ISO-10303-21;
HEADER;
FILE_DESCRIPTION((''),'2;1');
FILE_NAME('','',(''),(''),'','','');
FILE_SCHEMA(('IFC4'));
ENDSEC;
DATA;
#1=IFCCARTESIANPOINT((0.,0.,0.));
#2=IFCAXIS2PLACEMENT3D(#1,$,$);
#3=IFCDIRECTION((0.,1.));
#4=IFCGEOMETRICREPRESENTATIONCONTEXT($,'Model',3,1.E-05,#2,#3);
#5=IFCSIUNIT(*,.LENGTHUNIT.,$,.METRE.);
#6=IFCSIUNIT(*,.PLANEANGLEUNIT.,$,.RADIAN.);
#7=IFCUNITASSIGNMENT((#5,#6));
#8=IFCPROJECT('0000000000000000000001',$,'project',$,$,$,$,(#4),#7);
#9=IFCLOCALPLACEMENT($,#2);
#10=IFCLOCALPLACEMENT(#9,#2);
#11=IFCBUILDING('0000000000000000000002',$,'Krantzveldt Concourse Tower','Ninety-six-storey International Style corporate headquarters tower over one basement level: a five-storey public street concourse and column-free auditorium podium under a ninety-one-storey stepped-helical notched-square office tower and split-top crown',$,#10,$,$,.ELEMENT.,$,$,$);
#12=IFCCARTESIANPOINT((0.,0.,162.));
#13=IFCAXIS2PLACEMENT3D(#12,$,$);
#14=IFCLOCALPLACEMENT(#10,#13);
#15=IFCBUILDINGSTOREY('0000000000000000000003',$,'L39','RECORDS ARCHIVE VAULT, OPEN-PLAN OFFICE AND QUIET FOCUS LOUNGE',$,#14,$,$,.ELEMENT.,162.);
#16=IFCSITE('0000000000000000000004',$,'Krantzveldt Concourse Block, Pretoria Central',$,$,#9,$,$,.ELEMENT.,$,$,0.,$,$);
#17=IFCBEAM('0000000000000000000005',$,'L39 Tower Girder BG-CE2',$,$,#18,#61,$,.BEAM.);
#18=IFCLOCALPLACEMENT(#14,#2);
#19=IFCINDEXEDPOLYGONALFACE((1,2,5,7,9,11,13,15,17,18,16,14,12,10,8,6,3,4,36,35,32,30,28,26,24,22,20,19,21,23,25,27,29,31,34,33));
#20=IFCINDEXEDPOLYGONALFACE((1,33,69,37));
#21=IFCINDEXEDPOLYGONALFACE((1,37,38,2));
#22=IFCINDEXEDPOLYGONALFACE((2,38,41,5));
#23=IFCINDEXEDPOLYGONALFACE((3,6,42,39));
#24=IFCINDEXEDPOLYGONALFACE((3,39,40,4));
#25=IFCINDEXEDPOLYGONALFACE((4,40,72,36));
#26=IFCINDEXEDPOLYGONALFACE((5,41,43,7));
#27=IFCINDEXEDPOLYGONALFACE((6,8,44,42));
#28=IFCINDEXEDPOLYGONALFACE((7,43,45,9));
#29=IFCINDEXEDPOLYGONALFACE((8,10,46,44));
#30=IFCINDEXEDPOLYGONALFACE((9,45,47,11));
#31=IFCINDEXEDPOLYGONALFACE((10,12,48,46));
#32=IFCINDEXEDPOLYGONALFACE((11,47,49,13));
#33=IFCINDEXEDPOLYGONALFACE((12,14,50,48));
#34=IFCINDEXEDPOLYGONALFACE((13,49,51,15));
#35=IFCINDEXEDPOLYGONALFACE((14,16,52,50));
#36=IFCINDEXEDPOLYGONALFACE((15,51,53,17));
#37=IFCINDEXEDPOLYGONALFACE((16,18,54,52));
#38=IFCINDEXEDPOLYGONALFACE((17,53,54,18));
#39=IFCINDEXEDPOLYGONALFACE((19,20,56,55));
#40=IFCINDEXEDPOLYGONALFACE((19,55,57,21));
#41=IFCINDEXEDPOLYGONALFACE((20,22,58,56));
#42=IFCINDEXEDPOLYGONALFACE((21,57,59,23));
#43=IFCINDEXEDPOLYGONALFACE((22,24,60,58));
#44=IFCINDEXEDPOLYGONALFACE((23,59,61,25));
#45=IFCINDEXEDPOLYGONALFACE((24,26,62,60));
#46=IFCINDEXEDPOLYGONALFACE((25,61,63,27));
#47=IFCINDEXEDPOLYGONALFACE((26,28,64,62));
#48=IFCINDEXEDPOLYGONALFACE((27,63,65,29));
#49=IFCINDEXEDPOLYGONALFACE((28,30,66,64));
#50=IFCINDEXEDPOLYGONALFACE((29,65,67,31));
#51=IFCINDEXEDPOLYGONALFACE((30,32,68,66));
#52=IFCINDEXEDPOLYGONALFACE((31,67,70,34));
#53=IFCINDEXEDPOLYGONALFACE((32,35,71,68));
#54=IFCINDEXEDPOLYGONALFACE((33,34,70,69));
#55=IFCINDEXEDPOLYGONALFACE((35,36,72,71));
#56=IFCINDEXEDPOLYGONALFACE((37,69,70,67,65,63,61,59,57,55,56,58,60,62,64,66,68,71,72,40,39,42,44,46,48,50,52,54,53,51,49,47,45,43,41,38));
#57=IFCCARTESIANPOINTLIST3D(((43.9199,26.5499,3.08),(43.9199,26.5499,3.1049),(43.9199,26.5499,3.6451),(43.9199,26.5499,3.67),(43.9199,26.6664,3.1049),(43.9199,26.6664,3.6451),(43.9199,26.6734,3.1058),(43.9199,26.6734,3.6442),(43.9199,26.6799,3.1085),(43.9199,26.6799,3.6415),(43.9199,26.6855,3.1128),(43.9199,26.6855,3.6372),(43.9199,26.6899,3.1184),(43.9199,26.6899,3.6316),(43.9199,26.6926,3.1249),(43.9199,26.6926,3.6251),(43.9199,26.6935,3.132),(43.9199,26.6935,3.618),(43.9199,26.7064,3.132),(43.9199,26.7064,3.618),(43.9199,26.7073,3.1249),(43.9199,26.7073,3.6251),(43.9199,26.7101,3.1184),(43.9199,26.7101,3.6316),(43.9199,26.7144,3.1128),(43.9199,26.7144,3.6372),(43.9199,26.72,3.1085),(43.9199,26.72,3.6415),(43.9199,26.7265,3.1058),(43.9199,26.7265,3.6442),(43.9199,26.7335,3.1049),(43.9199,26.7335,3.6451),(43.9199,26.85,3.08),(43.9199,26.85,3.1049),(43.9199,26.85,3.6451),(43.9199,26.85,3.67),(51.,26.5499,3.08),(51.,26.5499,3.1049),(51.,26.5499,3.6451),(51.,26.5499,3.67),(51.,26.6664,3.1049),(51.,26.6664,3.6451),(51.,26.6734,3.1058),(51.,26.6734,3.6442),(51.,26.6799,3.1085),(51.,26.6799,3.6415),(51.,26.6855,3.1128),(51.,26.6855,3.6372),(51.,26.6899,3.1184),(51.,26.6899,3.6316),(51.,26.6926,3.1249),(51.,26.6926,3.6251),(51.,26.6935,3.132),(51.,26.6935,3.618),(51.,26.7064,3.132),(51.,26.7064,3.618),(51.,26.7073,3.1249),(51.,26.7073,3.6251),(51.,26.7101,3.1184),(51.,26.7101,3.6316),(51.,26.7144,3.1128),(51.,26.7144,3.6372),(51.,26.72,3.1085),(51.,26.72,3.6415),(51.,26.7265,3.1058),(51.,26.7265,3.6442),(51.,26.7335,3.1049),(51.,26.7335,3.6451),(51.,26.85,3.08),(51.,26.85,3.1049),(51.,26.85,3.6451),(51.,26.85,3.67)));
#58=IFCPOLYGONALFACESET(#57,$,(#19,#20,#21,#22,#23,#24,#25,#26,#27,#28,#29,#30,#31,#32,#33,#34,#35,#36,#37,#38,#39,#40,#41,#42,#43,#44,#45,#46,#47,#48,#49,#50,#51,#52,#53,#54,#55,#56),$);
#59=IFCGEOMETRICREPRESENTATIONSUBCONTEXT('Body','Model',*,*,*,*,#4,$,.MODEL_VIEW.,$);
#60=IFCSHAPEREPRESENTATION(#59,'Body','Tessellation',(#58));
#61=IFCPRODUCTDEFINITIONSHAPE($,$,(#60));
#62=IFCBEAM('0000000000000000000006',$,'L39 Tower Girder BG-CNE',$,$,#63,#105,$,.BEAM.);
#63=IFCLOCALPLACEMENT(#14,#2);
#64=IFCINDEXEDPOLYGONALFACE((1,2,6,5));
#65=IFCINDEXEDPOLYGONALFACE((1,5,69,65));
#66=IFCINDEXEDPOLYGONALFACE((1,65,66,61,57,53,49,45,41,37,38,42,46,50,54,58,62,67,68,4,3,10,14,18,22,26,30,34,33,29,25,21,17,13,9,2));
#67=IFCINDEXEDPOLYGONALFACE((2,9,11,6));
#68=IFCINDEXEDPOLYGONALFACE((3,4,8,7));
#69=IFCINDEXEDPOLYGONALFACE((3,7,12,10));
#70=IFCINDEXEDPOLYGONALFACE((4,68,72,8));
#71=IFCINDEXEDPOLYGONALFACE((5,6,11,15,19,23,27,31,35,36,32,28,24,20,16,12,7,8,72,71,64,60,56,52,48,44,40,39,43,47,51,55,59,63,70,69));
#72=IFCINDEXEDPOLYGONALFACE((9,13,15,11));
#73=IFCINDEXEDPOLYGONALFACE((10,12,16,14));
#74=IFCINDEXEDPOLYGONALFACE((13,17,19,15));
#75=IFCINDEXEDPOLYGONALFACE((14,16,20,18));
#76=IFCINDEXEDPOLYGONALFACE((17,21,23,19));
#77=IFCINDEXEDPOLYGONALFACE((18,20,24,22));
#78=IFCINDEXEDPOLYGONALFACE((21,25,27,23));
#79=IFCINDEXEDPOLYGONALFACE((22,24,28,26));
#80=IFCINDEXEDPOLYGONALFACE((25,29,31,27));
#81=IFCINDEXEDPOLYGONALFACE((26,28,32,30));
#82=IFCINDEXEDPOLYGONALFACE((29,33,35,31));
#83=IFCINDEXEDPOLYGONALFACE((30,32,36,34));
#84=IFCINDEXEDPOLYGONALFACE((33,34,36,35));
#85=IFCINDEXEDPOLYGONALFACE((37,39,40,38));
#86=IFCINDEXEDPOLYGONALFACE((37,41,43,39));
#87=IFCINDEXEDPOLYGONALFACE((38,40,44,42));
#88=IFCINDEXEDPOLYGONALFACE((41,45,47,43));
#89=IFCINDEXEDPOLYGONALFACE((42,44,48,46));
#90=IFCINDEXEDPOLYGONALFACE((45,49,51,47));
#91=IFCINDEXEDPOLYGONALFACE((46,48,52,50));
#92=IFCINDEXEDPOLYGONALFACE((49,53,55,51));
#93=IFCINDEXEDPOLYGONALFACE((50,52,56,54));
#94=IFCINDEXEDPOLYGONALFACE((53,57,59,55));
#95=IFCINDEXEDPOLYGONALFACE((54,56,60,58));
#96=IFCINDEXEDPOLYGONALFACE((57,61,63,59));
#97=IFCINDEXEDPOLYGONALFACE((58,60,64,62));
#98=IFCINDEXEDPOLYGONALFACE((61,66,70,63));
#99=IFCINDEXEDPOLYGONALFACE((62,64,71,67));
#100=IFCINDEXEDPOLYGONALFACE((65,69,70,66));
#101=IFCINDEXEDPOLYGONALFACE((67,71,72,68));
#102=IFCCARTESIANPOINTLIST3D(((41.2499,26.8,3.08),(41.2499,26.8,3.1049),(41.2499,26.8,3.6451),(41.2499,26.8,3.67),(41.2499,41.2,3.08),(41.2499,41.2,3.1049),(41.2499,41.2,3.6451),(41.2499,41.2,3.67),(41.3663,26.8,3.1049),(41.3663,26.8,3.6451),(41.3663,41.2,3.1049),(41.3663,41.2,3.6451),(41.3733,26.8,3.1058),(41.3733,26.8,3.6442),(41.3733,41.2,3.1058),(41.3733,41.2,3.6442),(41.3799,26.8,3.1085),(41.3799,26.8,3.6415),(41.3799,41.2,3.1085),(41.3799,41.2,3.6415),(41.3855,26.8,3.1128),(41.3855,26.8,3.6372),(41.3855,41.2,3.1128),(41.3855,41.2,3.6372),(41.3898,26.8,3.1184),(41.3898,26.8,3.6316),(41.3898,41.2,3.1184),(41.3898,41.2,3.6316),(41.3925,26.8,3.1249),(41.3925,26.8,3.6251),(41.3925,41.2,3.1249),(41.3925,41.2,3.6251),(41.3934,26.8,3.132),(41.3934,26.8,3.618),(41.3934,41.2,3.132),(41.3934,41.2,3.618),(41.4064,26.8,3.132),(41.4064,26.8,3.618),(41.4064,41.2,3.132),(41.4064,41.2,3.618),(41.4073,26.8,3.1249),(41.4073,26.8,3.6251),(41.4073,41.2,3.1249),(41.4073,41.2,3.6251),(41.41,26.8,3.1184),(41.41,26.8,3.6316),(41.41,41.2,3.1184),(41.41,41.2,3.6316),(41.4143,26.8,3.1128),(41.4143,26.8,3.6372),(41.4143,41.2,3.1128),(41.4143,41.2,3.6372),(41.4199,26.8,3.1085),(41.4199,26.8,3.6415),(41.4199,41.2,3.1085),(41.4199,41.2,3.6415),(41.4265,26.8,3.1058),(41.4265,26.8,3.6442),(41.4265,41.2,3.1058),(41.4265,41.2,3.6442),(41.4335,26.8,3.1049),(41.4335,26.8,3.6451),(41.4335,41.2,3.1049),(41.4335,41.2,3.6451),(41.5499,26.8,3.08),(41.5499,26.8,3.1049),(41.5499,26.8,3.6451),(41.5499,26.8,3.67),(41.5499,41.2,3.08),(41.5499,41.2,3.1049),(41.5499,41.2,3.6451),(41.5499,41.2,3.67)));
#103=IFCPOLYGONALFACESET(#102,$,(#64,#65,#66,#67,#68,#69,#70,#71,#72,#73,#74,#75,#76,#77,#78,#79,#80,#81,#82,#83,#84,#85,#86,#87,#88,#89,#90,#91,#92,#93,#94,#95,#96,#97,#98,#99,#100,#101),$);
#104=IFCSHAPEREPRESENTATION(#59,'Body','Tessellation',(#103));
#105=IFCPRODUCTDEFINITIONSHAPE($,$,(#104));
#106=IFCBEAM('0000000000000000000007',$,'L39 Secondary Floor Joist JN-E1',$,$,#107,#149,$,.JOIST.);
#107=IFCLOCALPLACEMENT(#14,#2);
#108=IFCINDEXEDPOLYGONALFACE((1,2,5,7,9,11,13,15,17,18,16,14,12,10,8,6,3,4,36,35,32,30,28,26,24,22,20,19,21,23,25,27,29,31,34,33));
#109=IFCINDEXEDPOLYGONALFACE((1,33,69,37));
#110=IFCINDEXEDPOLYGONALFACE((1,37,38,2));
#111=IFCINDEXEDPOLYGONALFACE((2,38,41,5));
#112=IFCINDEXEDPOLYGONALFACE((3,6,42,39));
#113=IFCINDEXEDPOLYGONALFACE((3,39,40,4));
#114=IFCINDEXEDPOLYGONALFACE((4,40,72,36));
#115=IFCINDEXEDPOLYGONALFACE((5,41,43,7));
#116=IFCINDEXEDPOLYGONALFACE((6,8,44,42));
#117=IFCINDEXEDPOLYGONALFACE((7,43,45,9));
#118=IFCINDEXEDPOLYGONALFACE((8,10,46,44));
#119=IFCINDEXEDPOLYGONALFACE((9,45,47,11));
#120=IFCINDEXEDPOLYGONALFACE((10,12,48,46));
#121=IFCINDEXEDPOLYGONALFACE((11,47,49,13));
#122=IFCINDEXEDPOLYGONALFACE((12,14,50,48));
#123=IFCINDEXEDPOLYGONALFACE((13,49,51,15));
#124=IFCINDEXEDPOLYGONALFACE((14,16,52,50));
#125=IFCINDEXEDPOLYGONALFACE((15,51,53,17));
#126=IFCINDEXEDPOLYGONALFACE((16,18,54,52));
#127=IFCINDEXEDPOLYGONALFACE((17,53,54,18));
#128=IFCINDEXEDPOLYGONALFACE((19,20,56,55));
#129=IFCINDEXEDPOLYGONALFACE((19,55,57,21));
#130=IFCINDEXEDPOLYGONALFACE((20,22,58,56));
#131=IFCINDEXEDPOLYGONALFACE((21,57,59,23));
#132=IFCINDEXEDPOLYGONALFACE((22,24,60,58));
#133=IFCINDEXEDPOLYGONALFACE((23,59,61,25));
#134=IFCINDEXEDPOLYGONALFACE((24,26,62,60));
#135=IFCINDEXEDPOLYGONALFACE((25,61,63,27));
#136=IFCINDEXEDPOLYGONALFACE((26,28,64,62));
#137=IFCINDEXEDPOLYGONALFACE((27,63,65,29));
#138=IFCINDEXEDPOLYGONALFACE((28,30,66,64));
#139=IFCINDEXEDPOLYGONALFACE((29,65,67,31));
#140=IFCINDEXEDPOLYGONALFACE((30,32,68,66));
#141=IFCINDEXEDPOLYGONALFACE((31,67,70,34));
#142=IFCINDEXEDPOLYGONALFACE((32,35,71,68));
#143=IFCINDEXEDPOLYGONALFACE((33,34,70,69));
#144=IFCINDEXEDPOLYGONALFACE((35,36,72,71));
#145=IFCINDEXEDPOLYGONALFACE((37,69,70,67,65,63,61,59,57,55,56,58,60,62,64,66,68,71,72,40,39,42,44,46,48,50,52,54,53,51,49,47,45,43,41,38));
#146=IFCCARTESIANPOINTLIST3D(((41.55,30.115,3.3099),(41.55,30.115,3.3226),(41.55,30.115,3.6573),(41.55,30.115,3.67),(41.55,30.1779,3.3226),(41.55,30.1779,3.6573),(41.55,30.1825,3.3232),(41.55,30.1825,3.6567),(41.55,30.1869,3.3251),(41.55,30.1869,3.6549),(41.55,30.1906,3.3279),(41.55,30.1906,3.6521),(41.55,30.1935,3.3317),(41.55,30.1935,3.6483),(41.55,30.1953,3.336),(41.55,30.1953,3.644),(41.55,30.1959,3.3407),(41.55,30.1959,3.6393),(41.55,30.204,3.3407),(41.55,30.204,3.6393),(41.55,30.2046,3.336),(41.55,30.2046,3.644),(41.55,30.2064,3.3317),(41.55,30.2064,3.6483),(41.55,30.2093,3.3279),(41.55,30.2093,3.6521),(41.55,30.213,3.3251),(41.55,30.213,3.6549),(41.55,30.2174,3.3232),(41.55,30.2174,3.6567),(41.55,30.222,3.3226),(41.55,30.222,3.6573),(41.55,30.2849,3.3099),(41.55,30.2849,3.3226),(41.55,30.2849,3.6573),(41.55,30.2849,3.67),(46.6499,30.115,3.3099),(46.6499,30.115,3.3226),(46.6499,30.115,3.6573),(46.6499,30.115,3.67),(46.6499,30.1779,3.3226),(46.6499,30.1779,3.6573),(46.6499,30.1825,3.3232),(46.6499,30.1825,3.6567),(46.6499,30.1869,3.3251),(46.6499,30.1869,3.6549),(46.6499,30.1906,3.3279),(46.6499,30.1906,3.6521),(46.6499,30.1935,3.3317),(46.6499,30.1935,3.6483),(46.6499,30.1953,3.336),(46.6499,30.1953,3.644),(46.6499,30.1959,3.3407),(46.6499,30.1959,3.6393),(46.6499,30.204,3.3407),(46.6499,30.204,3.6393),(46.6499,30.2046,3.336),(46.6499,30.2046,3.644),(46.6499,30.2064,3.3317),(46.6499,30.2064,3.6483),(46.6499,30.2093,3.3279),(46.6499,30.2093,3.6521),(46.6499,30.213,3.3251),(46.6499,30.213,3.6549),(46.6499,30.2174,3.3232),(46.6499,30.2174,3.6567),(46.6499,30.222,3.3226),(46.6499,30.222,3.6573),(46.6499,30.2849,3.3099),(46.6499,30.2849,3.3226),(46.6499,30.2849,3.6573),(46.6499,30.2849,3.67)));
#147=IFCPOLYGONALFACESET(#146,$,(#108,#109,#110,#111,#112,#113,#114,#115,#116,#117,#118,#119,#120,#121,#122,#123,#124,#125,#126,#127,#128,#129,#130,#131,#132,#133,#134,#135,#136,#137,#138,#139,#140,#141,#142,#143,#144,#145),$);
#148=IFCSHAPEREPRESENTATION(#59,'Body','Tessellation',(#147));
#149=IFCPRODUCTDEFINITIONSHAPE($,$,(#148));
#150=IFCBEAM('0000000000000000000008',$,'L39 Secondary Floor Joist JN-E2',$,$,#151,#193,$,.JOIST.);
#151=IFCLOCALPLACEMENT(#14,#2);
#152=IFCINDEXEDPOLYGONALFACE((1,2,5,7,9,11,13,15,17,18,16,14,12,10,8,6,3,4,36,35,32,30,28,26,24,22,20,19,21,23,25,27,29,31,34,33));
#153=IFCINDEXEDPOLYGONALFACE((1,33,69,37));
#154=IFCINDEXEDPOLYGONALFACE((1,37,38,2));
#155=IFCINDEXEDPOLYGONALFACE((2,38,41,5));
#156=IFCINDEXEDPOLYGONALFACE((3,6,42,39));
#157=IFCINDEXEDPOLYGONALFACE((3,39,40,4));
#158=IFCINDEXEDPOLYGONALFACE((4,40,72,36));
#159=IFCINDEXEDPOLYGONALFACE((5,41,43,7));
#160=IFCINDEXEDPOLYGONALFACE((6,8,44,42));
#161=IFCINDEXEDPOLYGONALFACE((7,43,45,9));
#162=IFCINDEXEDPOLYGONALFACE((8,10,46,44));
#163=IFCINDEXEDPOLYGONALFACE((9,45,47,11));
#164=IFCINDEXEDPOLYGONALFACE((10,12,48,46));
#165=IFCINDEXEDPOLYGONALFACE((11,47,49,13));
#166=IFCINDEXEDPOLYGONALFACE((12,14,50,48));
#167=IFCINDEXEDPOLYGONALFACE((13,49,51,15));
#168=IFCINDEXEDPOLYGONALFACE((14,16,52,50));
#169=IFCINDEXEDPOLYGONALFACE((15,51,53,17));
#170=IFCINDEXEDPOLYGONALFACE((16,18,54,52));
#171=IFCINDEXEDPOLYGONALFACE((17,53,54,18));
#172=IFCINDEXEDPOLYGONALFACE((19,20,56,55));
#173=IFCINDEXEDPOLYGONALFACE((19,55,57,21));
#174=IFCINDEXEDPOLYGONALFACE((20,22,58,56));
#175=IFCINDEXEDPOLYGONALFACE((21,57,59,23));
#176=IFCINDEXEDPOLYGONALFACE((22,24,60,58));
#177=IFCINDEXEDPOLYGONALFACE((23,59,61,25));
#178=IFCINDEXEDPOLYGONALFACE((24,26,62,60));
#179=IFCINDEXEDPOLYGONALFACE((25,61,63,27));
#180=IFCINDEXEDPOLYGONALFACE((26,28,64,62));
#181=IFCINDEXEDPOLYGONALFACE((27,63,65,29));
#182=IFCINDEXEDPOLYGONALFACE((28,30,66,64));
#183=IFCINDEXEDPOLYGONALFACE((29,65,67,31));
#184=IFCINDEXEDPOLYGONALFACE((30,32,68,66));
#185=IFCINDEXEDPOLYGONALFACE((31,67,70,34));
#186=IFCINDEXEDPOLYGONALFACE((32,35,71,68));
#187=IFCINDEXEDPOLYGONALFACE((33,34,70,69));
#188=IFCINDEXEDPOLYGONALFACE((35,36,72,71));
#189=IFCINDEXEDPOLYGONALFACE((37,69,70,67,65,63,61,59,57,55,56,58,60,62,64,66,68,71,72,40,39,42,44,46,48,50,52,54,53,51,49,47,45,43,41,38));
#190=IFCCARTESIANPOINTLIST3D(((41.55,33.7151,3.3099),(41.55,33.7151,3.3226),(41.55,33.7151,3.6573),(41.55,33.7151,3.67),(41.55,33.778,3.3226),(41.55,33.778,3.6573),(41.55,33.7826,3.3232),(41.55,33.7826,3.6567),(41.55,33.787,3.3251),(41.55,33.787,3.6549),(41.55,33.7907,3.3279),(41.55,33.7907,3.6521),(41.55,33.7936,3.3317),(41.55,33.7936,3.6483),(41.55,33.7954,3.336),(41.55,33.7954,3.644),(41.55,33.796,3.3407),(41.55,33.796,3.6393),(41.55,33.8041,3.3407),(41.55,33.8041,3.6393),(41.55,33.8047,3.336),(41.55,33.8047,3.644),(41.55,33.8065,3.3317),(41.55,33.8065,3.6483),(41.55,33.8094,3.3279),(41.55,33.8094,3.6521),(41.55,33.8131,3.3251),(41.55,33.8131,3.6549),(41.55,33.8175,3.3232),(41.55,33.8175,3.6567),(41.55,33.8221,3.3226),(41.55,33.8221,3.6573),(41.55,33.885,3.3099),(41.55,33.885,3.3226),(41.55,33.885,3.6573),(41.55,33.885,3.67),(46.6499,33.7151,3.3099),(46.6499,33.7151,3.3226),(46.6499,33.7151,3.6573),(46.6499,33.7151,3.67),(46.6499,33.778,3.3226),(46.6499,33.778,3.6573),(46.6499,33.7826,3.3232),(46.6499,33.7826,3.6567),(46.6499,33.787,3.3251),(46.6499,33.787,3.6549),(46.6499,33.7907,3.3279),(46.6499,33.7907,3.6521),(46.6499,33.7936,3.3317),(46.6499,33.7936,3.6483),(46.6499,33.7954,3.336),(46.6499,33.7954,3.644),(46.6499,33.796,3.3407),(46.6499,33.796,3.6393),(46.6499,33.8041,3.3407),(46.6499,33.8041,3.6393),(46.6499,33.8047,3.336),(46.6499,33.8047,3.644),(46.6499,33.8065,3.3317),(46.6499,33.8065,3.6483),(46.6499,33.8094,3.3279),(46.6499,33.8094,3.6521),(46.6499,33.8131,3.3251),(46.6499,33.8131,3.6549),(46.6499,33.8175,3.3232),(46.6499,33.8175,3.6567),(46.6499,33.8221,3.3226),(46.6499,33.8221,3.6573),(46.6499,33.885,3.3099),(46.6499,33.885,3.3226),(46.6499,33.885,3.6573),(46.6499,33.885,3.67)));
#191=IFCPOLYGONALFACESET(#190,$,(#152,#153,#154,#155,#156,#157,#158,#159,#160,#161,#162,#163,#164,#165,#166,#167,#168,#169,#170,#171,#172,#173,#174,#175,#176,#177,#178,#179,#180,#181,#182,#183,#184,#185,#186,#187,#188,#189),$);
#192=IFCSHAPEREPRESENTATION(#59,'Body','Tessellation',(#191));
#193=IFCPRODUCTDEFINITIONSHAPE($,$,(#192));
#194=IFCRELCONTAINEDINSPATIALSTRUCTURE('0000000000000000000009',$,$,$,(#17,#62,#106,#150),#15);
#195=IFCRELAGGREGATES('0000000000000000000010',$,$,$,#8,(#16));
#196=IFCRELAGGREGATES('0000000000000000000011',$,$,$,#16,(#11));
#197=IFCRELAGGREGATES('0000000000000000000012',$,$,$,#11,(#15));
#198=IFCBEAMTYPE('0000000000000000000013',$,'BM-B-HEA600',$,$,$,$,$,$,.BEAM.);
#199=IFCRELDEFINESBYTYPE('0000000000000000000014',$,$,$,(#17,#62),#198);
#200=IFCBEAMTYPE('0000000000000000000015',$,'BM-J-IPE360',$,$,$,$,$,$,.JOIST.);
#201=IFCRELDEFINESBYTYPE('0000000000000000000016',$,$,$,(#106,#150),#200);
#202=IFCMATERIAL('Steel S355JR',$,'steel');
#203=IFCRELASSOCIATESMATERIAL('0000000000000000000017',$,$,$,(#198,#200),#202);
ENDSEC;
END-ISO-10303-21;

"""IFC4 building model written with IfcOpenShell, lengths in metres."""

from ifc_helpers import new_model, si_unit, direction, frame, origin, origin_2d, place, context, subcontext, project, spatial, i_section, extrude, source, transform, mapped, material, material_profile, profile_set, type_object, type_shapes, element, save


model = new_model("IFC4")

# Units and contexts
model_context = context("Model", 3, precision=1e-05, world=origin(), true_north=direction((0.0, 1.0)))
body_context = subcontext(model_context, "Body", "Model", "MODEL_VIEW")
ifc_project = project(units=[si_unit("LENGTHUNIT", "METRE"), si_unit("PLANEANGLEUNIT", "RADIAN")], contexts=[model_context])

# Site, building, storey
site_placement = place(None, origin())
site = spatial("IfcSite", under=ifc_project, at=site_placement, Name="Krantzveldt Concourse Block, Pretoria Central", CompositionType="ELEMENT", RefElevation=0.0)
building_placement = place(site_placement, origin())
building = spatial("IfcBuilding", under=site, at=building_placement, Name="Krantzveldt Concourse Tower", Description="Ninety-six-storey International Style corporate headquarters tower over one basement level: a five-storey public street concourse and column-free auditorium podium under a ninety-one-storey stepped-helical notched-square office tower and split-top crown", CompositionType="ELEMENT")
storey_placement = place(building_placement, frame((0.0, 0.0, 162.0)))
storey = spatial("IfcBuildingStorey", under=building, at=storey_placement, Name="L39", Description="RECORDS ARCHIVE VAULT, OPEN-PLAN OFFICE AND QUIET FOCUS LOUNGE", CompositionType="ELEMENT", Elevation=162.0)

# Beams
ifc_material_1 = material(Name="Steel S355JR", Category="steel")
ifc_material_profile_1 = material_profile(ifc_material_1, i_section(OverallWidth=0.3, OverallDepth=0.5901, WebThickness=0.0129, FlangeThickness=0.0249, FilletRadius=0.0271, at=origin_2d()), Name="Steel S355JR", Category="steel")
ifc_profile_set_1 = profile_set([ifc_material_profile_1], Name="Steel S355JR - HEA 600")
beam_type_1 = type_object("IfcBeamType", Name="BM-B-HEA600", PredefinedType="BEAM", material=ifc_profile_set_1)
shared_shape_1 = source(origin(), body_context, "Body", "SweptSolid", [
    extrude(i_section(OverallWidth=0.3, OverallDepth=0.5901, WebThickness=0.0129, FlangeThickness=0.0249, FilletRadius=0.0271, at=origin_2d()), origin(), (0.0, 0.0, 1.0), 7.0801),
])
beam_1_placement = place(storey_placement, frame((43.9199, 26.7, 3.375), z_axis=(1.0, 0.0, 0.0), x_axis=(0.0, 1.0, 0.0)))
element("IfcBeam", 1, at=beam_1_placement, inside=storey, type_object=beam_type_1, Name="L39 Tower Girder BG-CE2", PredefinedType="BEAM", context=body_context, shape_type="MappedRepresentation", body=[
    mapped(shared_shape_1, transform((0.0, 0.0, 0.0), x_axis=(1.0, 0.0, 0.0), y_axis=(0.0, 1.0, 0.0), z_axis=(0.0, 0.0, 1.0), scale=1.0)),
])
shared_shape_2 = source(origin(), body_context, "Body", "SweptSolid", [
    extrude(i_section(OverallWidth=0.3, OverallDepth=0.5901, WebThickness=0.0129, FlangeThickness=0.0249, FilletRadius=0.0271, at=origin_2d()), origin(), (0.0, 0.0, 1.0), 14.3999),
])
type_shapes(beam_type_1, [shared_shape_1, shared_shape_2])
beam_2_placement = place(storey_placement, frame((41.3999, 26.8, 3.375), z_axis=(0.0, 1.0, 0.0), x_axis=(-1.0, 0.0, 0.0)))
element("IfcBeam", 2, at=beam_2_placement, inside=storey, type_object=beam_type_1, Name="L39 Tower Girder BG-CNE", PredefinedType="BEAM", context=body_context, shape_type="MappedRepresentation", body=[
    mapped(shared_shape_2, transform((0.0, 0.0, 0.0), x_axis=(1.0, 0.0, 0.0), y_axis=(0.0, 1.0, 0.0), z_axis=(0.0, 0.0, 1.0), scale=1.0)),
])
ifc_material_profile_2 = material_profile(ifc_material_1, i_section(OverallWidth=0.1699, OverallDepth=0.3601, WebThickness=0.0081, FlangeThickness=0.0127, FilletRadius=0.0181, at=origin_2d()), Name="Steel S355JR", Category="steel")
ifc_profile_set_2 = profile_set([ifc_material_profile_2], Name="Steel S355JR - IPE 360")
beam_type_2 = type_object("IfcBeamType", Name="BM-J-IPE360", PredefinedType="JOIST", material=ifc_profile_set_2)
shared_shape_3 = source(origin(), body_context, "Body", "SweptSolid", [
    extrude(i_section(OverallWidth=0.1699, OverallDepth=0.3601, WebThickness=0.0081, FlangeThickness=0.0127, FilletRadius=0.0181, at=origin_2d()), origin(), (0.0, 0.0, 1.0), 5.0999),
])
type_shapes(beam_type_2, [shared_shape_3])
for number, where, z_axis, x_axis, name in (
    (3, (41.55, 30.2, 3.49), (1.0, 0.0, 0.0), (0.0, 1.0, 0.0), "L39 Secondary Floor Joist JN-E1"),
    (4, (41.55, 33.8, 3.49), (1.0, 0.0, 0.0), (0.0, 1.0, 0.0), "L39 Secondary Floor Joist JN-E2"),
):
    element("IfcBeam", number, at=place(storey_placement, frame(where, z_axis=z_axis, x_axis=x_axis)), inside=storey, type_object=beam_type_2, Name=name, PredefinedType="JOIST", context=body_context, shape_type="MappedRepresentation", body=[
        mapped(shared_shape_3, transform((0.0, 0.0, 0.0), x_axis=(1.0, 0.0, 0.0), y_axis=(0.0, 1.0, 0.0), z_axis=(0.0, 0.0, 1.0), scale=1.0)),
    ])

save(model, "model.ifc")
